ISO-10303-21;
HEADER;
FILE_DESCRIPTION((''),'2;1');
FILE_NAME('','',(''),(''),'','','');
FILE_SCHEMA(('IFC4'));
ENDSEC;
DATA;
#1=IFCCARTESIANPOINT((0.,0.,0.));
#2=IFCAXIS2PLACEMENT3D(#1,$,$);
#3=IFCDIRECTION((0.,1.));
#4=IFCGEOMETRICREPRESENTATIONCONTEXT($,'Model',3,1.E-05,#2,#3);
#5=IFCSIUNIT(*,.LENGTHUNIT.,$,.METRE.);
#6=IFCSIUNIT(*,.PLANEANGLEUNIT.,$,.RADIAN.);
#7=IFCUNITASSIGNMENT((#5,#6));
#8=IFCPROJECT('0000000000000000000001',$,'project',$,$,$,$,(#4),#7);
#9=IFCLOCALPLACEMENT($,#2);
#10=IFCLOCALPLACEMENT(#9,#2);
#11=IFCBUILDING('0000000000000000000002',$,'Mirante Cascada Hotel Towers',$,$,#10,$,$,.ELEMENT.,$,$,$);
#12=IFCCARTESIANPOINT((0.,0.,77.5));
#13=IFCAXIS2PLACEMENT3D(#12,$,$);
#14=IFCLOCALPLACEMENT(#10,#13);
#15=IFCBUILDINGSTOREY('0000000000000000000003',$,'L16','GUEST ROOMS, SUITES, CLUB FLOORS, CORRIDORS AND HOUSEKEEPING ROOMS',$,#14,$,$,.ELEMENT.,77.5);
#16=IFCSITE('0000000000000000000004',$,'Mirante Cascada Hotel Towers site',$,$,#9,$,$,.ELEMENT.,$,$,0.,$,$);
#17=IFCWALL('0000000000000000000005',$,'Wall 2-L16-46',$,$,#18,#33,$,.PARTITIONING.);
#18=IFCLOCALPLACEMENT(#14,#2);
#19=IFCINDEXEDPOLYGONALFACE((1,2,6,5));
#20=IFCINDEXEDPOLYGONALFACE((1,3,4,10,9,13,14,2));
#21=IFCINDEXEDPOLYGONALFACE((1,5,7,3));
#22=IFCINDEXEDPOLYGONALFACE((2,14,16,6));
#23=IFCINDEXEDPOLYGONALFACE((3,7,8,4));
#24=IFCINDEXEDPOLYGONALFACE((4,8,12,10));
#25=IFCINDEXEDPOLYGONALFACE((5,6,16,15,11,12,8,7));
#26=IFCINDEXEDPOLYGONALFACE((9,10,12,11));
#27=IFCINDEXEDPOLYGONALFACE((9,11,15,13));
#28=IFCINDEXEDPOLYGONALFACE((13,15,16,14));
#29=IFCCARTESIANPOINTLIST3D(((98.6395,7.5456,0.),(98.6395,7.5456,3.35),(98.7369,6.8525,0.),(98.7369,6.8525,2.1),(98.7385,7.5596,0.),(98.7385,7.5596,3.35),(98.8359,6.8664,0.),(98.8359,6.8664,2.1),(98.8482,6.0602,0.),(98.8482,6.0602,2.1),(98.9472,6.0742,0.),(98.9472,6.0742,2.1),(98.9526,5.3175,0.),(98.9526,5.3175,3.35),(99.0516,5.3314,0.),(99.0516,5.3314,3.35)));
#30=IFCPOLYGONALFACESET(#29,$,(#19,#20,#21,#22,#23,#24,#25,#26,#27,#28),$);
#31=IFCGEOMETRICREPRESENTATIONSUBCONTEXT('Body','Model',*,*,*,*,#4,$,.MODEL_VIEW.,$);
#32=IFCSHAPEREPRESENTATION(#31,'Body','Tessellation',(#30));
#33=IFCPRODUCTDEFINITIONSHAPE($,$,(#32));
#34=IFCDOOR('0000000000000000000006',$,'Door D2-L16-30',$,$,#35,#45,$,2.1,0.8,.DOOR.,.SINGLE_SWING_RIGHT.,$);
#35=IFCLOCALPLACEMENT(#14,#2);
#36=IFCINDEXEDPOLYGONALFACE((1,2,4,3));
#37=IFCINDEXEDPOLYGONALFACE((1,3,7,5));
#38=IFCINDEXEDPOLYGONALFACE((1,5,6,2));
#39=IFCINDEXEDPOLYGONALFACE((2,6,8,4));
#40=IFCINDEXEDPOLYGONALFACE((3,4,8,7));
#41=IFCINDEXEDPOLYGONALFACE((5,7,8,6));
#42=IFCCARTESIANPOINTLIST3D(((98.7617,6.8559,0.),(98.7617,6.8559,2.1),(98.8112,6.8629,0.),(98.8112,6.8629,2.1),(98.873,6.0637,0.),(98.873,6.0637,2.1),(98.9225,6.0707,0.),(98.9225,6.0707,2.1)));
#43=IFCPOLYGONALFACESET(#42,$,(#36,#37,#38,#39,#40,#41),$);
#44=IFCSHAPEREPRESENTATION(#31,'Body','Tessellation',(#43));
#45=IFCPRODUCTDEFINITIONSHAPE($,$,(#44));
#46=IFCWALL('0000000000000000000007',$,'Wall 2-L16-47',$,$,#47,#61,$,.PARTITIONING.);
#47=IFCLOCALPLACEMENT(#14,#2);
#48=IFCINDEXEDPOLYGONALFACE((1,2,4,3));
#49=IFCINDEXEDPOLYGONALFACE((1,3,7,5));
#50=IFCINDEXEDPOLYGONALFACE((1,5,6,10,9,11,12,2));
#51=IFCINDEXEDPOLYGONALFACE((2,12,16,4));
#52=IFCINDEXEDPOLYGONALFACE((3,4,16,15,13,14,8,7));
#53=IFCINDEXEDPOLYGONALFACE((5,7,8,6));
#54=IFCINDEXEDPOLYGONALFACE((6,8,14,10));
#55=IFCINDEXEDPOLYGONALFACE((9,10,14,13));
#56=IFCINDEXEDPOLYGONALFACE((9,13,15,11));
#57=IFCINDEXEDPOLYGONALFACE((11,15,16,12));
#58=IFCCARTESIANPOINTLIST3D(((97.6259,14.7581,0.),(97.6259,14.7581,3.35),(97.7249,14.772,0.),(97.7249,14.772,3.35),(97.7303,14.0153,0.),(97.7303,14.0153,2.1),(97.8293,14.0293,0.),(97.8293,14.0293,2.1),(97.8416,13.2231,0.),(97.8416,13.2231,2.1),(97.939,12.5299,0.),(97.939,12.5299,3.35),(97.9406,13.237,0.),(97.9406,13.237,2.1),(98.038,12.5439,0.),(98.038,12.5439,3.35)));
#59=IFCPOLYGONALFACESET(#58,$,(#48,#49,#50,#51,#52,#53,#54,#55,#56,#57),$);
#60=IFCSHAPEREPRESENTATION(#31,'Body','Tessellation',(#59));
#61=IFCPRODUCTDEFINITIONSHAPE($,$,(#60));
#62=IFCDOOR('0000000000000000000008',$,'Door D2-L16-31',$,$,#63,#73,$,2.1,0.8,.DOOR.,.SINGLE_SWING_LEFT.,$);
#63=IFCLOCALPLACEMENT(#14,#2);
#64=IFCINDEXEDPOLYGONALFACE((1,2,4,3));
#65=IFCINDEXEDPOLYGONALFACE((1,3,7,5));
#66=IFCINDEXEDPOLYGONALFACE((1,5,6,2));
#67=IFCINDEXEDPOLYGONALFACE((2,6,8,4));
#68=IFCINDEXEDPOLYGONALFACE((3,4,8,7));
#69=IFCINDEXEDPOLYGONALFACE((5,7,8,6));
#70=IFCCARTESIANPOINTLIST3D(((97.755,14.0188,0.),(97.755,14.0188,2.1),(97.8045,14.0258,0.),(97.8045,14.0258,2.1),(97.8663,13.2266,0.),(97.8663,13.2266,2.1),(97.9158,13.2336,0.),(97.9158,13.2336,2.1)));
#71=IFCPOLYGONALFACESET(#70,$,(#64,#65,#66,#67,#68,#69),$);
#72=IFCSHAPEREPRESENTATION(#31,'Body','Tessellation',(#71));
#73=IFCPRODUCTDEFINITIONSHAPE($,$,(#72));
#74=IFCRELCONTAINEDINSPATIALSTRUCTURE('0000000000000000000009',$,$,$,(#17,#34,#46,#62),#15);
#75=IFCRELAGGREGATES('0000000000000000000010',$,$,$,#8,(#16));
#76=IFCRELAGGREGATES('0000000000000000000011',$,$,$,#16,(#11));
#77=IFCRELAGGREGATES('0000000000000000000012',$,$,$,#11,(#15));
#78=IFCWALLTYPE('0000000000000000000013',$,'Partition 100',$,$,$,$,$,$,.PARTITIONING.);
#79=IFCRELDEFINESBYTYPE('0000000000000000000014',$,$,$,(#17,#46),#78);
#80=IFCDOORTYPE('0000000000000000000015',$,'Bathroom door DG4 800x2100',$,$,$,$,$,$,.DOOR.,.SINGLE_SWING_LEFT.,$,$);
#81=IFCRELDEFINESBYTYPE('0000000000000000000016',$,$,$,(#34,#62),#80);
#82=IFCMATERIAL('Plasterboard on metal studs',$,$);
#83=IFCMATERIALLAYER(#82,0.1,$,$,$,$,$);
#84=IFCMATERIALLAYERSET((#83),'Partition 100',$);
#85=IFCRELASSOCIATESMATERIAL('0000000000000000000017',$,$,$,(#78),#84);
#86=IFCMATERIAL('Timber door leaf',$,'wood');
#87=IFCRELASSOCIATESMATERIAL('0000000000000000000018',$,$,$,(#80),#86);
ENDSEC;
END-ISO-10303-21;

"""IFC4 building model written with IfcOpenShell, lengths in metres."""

from ifc_helpers import new_model, si_unit, direction, frame, frame_2d, origin, place, context, subcontext, project, spatial, rectangle, extrude, material, layer, layer_set, type_object, element, fill, save


model = new_model("IFC4")

# Units and contexts
model_context = context("Model", 3, precision=1e-05, world=origin(), true_north=direction((0.0, 1.0)))
body_context = subcontext(model_context, "Body", "Model", "MODEL_VIEW")
ifc_project = project(units=[si_unit("LENGTHUNIT", "METRE"), si_unit("PLANEANGLEUNIT", "RADIAN")], contexts=[model_context])

# Site, building, storey
site_placement = place(None, origin())
site = spatial("IfcSite", under=ifc_project, at=site_placement, Name="Mirante Cascada Hotel Towers site", CompositionType="ELEMENT", RefElevation=0.0)
building_placement = place(site_placement, origin())
building = spatial("IfcBuilding", under=site, at=building_placement, Name="Mirante Cascada Hotel Towers", CompositionType="ELEMENT")
storey_placement = place(building_placement, frame((0.0, 0.0, 77.5)))
storey = spatial("IfcBuildingStorey", under=building, at=storey_placement, Name="L16", Description="GUEST ROOMS, SUITES, CLUB FLOORS, CORRIDORS AND HOUSEKEEPING ROOMS", CompositionType="ELEMENT", Elevation=77.5)

# Shared definitions
ifc_material_1 = material(Name="Plasterboard on metal studs")
ifc_layer_1 = layer(ifc_material_1, 0.1)
ifc_layer_set_1 = layer_set([ifc_layer_1], Name="Partition 100")
wall_type_1 = type_object("IfcWallType", Name="Partition 100", PredefinedType="PARTITIONING", material=ifc_layer_set_1)

# Shared definitions
ifc_material_2 = material(Name="Timber door leaf", Category="wood")
door_type = type_object("IfcDoorType", Name="Bathroom door DG4 800x2100", OperationType="SINGLE_SWING_LEFT", PredefinedType="DOOR", material=ifc_material_2)

# Walls, openings, doors
wall_1_placement = place(storey_placement, frame((98.689, 7.5526, 0.0), z_axis=(0.0, 0.0, 1.0), x_axis=(0.139156, -0.990271, 0.0)))
wall_1 = element("IfcWall", 1, at=wall_1_placement, inside=storey, type_object=wall_type_1, Name="Wall 2-L16-46", PredefinedType="PARTITIONING", context=body_context, shape_type="SweptSolid", body=[
    extrude(rectangle(XDim=2.25, YDim=0.1, at=frame_2d((1.125, 0.0))), origin(), (0.0, 0.0, 1.0), 3.35),
])
opening_1_placement = place(wall_1_placement, frame((0.7, 0.0, 0.0)))
opening_1 = element("IfcOpeningElement", 2, at=opening_1_placement, cuts=wall_1, PredefinedType="OPENING", context=body_context, shape_type="SweptSolid", body=[
    extrude(rectangle(XDim=0.8, YDim=2.1, at=frame_2d((0.4, 1.05))), frame((0.0, 0.05, 0.0), z_axis=(0.0, -1.0, 0.0), x_axis=(1.0, 0.0, 0.0)), (0.0, 0.0, 1.0), 0.1),
])
door_1_placement = place(opening_1_placement, frame((0.8, 0.0, 0.0), z_axis=(0.0, 0.0, 1.0), x_axis=(-1.0, 0.0, 0.0)))
door_1 = element("IfcDoor", 3, at=door_1_placement, inside=storey, type_object=door_type, Name="Door D2-L16-30", OperationType="SINGLE_SWING_RIGHT", OverallHeight=2.1, OverallWidth=0.8, PredefinedType="DOOR", context=body_context, shape_type="SweptSolid", body=[
    extrude(rectangle(XDim=0.8, YDim=2.1, at=frame_2d((0.4, 1.05))), frame((0.0, 0.025, 0.0), z_axis=(0.0, -1.0, 0.0), x_axis=(1.0, 0.0, 0.0)), (0.0, 0.0, 1.0), 0.05),
])
fill(opening_1, door_1)
wall_2_placement = place(storey_placement, frame((97.9885, 12.5369, 0.0), z_axis=(0.0, 0.0, 1.0), x_axis=(-0.139156, 0.990271, 0.0)))
wall_2 = element("IfcWall", 4, at=wall_2_placement, inside=storey, type_object=wall_type_1, Name="Wall 2-L16-47", PredefinedType="PARTITIONING", context=body_context, shape_type="SweptSolid", body=[
    extrude(rectangle(XDim=2.25, YDim=0.1, at=frame_2d((1.125, 0.0))), origin(), (0.0, 0.0, 1.0), 3.35),
])
opening_2_placement = place(wall_2_placement, frame((0.7, 0.0, 0.0)))
opening_2 = element("IfcOpeningElement", 5, at=opening_2_placement, cuts=wall_2, PredefinedType="OPENING", context=body_context, shape_type="SweptSolid", body=[
    extrude(rectangle(XDim=0.8, YDim=2.1, at=frame_2d((0.4, 1.05))), frame((0.0, 0.05, 0.0), z_axis=(0.0, -1.0, 0.0), x_axis=(1.0, 0.0, 0.0)), (0.0, 0.0, 1.0), 0.1),
])
door_2_placement = place(opening_2_placement, origin())
door_2 = element("IfcDoor", 6, at=door_2_placement, inside=storey, type_object=door_type, Name="Door D2-L16-31", OperationType="SINGLE_SWING_LEFT", OverallHeight=2.1, OverallWidth=0.8, PredefinedType="DOOR", context=body_context, shape_type="SweptSolid", body=[
    extrude(rectangle(XDim=0.8, YDim=2.1, at=frame_2d((0.4, 1.05))), frame((0.0, 0.025, 0.0), z_axis=(0.0, -1.0, 0.0), x_axis=(1.0, 0.0, 0.0)), (0.0, 0.0, 1.0), 0.05),
])
fill(opening_2, door_2)

save(model, "model.ifc")
